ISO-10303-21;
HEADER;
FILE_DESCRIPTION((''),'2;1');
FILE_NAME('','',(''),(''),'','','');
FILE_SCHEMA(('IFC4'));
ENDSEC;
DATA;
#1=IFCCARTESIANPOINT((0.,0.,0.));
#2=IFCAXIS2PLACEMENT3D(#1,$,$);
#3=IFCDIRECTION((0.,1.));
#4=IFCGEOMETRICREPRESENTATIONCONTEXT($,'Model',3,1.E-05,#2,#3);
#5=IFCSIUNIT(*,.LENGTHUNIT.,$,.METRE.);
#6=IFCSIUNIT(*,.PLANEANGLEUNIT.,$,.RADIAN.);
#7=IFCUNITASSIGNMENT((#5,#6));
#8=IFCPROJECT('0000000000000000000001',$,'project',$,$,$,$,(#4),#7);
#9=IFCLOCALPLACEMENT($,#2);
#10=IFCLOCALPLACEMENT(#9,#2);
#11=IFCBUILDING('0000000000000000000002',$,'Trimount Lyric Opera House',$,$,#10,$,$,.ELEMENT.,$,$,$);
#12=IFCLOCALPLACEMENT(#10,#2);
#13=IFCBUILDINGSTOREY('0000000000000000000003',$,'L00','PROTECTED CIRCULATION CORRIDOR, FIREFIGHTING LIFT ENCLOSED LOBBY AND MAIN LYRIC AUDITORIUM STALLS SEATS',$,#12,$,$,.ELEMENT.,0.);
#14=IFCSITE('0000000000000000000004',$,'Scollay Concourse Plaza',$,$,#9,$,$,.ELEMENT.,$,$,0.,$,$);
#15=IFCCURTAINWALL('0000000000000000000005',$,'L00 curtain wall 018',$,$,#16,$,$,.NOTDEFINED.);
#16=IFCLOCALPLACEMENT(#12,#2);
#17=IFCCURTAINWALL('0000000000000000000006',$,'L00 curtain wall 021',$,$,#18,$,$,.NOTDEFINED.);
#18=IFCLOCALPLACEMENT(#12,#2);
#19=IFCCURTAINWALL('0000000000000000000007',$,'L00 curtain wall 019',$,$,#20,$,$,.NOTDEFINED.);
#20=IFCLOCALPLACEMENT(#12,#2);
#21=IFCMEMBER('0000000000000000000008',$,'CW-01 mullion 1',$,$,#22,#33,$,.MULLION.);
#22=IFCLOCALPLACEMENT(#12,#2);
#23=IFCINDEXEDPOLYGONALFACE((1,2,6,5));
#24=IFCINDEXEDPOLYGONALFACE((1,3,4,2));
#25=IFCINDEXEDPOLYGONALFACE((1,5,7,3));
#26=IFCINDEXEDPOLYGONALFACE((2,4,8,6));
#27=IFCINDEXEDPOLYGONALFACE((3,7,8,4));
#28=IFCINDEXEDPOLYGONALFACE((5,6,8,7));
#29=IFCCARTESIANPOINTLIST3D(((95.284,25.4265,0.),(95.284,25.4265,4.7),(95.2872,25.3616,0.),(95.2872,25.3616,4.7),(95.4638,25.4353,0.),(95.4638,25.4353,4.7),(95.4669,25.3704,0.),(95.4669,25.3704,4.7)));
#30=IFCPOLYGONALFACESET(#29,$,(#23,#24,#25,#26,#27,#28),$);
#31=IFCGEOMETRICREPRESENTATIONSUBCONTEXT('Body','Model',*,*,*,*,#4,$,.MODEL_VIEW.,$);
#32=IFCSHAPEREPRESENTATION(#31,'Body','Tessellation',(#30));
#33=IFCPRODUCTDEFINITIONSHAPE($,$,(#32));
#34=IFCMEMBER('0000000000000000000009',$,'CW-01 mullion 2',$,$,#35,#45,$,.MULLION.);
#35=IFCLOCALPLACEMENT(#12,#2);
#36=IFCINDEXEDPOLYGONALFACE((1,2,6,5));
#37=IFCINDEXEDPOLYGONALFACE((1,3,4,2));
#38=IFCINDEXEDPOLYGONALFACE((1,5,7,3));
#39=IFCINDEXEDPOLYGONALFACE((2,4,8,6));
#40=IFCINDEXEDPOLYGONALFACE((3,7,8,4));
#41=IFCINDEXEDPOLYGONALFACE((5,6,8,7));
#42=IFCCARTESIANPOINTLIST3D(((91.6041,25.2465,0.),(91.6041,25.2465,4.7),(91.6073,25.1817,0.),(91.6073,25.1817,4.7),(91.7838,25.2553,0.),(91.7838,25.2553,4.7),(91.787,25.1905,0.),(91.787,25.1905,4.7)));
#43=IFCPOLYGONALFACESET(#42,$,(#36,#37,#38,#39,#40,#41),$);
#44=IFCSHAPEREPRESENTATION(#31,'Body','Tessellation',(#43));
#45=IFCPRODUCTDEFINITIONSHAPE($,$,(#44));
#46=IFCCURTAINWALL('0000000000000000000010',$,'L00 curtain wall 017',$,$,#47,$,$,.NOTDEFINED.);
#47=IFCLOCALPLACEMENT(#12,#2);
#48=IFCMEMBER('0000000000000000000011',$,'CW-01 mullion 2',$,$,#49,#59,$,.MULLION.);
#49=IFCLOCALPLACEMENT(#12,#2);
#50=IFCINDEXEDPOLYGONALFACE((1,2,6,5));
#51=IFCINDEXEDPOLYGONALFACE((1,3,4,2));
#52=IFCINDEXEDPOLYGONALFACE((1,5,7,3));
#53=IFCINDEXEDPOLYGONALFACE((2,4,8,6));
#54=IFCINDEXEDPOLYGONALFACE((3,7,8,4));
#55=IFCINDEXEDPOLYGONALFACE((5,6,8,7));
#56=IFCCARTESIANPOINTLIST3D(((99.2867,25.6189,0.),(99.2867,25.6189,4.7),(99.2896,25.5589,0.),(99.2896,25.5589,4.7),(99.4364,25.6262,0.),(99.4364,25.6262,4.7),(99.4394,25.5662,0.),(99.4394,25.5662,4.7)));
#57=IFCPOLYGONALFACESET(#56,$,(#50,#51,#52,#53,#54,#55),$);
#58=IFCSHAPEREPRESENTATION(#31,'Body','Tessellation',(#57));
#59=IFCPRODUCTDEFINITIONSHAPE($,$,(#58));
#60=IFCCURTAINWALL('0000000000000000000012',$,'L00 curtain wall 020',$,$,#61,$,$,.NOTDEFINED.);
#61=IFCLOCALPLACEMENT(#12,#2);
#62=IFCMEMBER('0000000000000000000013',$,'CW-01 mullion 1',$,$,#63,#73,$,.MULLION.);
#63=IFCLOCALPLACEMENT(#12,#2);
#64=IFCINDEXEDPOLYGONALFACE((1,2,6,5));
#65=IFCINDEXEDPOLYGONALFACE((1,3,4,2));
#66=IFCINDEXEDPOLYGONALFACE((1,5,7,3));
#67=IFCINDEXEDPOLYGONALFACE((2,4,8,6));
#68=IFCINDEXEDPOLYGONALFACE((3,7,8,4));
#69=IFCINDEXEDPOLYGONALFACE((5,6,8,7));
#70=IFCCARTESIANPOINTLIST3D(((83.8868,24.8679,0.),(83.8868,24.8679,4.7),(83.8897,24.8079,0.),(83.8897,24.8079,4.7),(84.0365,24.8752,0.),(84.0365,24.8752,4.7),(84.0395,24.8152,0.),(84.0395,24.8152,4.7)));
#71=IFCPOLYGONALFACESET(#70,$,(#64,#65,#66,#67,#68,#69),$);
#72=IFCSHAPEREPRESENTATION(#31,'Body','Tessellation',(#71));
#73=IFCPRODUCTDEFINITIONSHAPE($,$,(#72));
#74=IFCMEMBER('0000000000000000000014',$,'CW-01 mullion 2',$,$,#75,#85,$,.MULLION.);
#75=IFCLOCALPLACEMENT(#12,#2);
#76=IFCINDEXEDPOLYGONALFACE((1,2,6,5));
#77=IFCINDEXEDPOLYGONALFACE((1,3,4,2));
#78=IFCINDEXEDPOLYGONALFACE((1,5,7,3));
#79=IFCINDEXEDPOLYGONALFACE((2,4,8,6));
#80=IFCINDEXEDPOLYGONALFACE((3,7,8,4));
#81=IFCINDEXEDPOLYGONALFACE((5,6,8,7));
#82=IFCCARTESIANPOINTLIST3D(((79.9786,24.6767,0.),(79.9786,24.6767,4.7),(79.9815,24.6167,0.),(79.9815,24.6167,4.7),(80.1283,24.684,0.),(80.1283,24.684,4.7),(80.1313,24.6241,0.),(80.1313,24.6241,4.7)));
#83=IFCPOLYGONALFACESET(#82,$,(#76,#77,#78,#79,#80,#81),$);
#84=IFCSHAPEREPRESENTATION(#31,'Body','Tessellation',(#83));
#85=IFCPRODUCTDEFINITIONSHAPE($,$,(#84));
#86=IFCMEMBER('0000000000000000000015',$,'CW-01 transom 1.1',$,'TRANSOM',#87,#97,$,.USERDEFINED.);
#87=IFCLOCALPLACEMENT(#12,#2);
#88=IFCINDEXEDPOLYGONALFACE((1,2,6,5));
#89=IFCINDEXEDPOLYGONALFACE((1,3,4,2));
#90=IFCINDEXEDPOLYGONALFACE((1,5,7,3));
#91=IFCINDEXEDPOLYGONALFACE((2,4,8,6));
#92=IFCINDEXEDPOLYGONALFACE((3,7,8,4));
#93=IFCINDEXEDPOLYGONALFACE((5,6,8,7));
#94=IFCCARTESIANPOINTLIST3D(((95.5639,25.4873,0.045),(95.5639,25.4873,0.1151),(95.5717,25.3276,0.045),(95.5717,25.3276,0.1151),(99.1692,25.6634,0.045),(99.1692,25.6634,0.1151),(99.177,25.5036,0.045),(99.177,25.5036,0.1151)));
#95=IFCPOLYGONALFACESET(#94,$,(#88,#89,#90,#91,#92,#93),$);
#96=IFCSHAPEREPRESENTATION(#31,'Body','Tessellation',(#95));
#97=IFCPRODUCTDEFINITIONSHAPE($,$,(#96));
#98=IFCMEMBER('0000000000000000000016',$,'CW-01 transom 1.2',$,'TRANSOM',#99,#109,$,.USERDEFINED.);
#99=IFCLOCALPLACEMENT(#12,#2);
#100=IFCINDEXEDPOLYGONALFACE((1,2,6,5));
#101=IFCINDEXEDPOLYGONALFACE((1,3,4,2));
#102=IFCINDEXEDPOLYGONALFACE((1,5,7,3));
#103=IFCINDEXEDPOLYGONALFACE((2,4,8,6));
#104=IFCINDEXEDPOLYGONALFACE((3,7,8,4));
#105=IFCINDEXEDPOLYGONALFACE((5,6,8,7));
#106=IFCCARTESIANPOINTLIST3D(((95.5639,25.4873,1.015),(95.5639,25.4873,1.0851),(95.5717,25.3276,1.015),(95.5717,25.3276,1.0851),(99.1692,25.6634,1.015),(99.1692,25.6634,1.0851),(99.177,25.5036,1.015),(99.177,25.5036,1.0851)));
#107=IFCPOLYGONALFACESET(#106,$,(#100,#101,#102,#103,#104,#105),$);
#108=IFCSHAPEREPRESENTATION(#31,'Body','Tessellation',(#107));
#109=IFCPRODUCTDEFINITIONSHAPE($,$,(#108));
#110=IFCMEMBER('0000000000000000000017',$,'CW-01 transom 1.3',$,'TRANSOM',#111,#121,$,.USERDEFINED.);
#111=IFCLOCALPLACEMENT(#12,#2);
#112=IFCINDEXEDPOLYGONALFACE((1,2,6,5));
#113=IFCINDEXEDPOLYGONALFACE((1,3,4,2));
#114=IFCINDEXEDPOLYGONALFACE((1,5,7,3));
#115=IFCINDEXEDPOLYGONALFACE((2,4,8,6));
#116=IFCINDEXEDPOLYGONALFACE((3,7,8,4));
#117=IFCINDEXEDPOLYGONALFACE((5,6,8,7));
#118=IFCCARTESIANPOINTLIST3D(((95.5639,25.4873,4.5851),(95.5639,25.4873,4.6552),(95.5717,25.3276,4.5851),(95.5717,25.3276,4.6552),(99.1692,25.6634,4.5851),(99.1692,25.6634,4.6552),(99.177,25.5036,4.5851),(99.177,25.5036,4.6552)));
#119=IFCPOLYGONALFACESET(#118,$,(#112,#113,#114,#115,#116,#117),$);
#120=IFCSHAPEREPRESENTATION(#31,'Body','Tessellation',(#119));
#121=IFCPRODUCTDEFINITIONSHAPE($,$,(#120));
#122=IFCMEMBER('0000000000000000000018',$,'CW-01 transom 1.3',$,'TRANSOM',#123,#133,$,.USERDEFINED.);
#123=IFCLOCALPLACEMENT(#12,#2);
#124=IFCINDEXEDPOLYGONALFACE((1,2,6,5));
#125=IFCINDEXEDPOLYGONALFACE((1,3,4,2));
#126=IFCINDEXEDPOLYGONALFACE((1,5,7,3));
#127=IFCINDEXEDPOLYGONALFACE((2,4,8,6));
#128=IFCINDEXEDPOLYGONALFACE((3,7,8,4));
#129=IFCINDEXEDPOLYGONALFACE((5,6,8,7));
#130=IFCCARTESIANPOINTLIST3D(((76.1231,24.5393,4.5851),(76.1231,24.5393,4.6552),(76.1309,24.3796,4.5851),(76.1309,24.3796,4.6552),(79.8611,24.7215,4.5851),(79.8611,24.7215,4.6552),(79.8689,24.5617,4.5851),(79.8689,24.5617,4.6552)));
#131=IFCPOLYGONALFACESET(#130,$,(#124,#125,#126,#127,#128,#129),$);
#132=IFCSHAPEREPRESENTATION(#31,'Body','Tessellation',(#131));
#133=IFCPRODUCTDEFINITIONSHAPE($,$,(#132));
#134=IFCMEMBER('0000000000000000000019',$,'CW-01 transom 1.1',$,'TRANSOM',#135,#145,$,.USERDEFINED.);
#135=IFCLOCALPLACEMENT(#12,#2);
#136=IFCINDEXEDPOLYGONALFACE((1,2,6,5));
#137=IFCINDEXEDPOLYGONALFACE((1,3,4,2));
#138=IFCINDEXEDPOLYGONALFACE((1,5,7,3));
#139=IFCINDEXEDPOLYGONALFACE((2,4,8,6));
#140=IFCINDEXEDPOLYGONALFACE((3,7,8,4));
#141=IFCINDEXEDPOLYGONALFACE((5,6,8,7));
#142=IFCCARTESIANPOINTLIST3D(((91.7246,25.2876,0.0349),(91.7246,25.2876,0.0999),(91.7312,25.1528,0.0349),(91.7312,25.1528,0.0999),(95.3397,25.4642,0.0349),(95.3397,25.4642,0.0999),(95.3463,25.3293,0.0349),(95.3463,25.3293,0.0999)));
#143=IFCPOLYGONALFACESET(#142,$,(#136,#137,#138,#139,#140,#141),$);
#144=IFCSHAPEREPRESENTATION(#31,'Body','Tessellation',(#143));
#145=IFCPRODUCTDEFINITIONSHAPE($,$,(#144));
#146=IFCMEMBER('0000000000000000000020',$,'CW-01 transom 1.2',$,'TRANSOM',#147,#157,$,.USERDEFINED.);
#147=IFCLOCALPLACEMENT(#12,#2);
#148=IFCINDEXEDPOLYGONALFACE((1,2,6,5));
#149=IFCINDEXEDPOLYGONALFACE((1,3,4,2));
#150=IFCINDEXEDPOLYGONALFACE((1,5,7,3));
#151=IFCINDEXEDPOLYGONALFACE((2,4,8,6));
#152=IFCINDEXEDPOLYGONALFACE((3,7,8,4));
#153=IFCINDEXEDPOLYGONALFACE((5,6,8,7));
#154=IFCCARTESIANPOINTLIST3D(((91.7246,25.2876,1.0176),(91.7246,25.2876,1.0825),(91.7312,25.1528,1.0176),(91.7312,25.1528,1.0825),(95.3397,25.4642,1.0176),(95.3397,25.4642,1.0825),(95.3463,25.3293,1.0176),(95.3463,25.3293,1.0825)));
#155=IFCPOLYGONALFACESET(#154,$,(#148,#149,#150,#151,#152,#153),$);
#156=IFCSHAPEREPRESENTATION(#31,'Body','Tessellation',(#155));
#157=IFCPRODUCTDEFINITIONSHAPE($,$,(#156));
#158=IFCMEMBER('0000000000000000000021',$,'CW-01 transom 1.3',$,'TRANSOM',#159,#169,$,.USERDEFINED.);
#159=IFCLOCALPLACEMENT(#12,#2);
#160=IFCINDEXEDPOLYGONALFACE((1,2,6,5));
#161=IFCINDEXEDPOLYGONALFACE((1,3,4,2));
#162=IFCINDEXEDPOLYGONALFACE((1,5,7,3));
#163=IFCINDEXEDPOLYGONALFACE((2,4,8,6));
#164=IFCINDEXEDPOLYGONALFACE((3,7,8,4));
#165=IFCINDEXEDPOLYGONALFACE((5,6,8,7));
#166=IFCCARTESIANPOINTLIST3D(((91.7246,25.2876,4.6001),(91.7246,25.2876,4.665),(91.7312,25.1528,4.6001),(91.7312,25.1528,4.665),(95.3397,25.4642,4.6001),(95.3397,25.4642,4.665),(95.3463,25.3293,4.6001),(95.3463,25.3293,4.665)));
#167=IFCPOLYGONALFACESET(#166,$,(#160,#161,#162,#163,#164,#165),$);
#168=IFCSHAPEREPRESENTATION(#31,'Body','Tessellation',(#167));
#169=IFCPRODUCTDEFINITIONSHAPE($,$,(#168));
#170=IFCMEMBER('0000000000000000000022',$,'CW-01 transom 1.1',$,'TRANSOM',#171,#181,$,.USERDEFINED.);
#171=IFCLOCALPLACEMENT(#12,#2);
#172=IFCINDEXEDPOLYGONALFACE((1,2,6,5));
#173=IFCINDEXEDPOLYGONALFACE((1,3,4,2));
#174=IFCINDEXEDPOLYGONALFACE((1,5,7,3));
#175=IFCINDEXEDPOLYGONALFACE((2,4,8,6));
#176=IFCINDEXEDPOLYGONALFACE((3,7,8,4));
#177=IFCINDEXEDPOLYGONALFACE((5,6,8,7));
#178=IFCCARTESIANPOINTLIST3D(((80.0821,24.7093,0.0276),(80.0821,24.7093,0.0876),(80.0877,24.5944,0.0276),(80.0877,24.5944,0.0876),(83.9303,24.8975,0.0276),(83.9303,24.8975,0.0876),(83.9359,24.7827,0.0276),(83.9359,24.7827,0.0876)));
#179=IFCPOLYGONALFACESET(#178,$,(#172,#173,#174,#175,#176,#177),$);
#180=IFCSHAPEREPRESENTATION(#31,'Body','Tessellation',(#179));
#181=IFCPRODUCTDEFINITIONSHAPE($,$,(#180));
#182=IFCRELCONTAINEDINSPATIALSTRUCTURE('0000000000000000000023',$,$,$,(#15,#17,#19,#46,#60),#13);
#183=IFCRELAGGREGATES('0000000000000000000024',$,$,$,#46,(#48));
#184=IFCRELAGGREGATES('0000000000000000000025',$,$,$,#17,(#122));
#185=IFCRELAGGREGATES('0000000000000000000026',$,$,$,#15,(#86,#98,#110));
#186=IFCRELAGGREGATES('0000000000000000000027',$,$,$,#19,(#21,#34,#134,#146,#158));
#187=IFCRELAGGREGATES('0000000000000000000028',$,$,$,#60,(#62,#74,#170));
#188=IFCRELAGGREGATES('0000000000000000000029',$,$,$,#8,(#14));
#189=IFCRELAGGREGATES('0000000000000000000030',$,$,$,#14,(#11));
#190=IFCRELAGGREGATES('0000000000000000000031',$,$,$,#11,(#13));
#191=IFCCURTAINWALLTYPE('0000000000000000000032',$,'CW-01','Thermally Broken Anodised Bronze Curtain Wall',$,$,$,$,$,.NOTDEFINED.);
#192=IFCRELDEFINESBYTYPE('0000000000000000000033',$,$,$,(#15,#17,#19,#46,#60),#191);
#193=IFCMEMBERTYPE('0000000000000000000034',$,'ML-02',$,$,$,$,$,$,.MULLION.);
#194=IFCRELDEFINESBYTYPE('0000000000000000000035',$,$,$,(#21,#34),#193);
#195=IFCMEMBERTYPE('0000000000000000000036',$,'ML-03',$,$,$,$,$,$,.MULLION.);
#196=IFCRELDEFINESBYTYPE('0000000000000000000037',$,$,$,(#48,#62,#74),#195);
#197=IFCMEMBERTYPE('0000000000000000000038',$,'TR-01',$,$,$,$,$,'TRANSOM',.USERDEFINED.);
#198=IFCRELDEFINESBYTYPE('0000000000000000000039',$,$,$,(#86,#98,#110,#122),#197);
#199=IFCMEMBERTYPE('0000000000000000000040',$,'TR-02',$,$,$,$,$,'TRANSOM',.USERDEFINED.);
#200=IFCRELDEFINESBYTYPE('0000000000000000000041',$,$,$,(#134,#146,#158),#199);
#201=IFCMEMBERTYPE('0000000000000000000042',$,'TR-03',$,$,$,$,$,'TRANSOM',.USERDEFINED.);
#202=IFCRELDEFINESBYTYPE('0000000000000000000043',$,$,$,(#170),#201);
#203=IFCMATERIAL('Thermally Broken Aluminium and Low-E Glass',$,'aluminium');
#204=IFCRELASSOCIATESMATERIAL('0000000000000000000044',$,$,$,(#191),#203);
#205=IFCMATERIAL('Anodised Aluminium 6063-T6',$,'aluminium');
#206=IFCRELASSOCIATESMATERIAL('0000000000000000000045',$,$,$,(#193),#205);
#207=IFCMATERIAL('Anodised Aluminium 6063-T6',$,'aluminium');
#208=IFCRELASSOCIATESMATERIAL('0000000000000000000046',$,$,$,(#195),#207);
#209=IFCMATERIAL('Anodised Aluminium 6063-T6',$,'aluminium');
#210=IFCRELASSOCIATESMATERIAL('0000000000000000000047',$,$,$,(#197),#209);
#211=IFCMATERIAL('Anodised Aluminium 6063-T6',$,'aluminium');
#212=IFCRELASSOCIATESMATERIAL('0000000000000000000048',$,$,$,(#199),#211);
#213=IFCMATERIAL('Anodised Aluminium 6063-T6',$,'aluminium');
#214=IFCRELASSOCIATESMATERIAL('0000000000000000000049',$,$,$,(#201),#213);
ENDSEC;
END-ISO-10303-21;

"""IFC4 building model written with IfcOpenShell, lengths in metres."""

from ifc_helpers import new_model, si_unit, direction, frame, origin, origin_2d, place, context, subcontext, project, spatial, rectangle, extrude, material, material_profile, profile_set, type_object, element, aggregate, save


model = new_model("IFC4")

# Units and contexts
model_context = context("Model", 3, precision=1e-05, world=origin(), true_north=direction((0.0, 1.0)))
body_context = subcontext(model_context, "Body", "Model", "MODEL_VIEW")
ifc_project = project(units=[si_unit("LENGTHUNIT", "METRE"), si_unit("PLANEANGLEUNIT", "RADIAN")], contexts=[model_context])

# Site, building, storey
site_placement = place(None, origin())
site = spatial("IfcSite", under=ifc_project, at=site_placement, Name="Scollay Concourse Plaza", CompositionType="ELEMENT", RefElevation=0.0)
building_placement = place(site_placement, origin())
building = spatial("IfcBuilding", under=site, at=building_placement, Name="Trimount Lyric Opera House", CompositionType="ELEMENT")
storey_placement = place(building_placement, origin())
storey = spatial("IfcBuildingStorey", under=building, at=storey_placement, Name="L00", Description="PROTECTED CIRCULATION CORRIDOR, FIREFIGHTING LIFT ENCLOSED LOBBY AND MAIN LYRIC AUDITORIUM STALLS SEATS", CompositionType="ELEMENT", Elevation=0.0)

# Curtain wall
ifc_material_1 = material(Name="Thermally Broken Aluminium and Low-E Glass", Category="aluminium")
curtain_wall_type = type_object("IfcCurtainWallType", Name="CW-01", Description="Thermally Broken Anodised Bronze Curtain Wall", PredefinedType="NOTDEFINED", material=ifc_material_1)
curtain_wall_1_placement = place(storey_placement, origin())
curtain_wall_1 = element("IfcCurtainWall", 1, at=curtain_wall_1_placement, inside=storey, type_object=curtain_wall_type, Name="L00 curtain wall 018", PredefinedType="NOTDEFINED")

# Curtain wall
curtain_wall_2_placement = place(storey_placement, origin())
curtain_wall_2 = element("IfcCurtainWall", 2, at=curtain_wall_2_placement, inside=storey, type_object=curtain_wall_type, Name="L00 curtain wall 021", PredefinedType="NOTDEFINED")

# Curtain wall, members
curtain_wall_3_placement = place(storey_placement, origin())
curtain_wall_3 = element("IfcCurtainWall", 3, at=curtain_wall_3_placement, inside=storey, type_object=curtain_wall_type, Name="L00 curtain wall 019", PredefinedType="NOTDEFINED")
ifc_material_2 = material(Name="Anodised Aluminium 6063-T6", Category="aluminium")
ifc_material_profile_1 = material_profile(ifc_material_2, rectangle(XDim=0.0649, YDim=0.1799, at=origin_2d()), Name="ALU-MULL-65X180")
ifc_profile_set_1 = profile_set([ifc_material_profile_1], Name="Anodised Aluminium 6063-T6")
member_type_1 = type_object("IfcMemberType", Name="ML-02", PredefinedType="MULLION", material=ifc_profile_set_1)
member_1_placement = place(storey_placement, frame((95.3755, 25.3984, 0.0), z_axis=(0.0, 0.0, 1.0), x_axis=(0.048807, -0.998808, 0.0)))
member_1 = element("IfcMember", 4, at=member_1_placement, type_object=member_type_1, Name="CW-01 mullion 1", PredefinedType="MULLION", context=body_context, shape_type="SweptSolid", body=[
    extrude(rectangle(XDim=0.0649, YDim=0.1799, at=origin_2d()), origin(), (0.0, 0.0, 1.0), 4.7),
])
member_2_placement = place(storey_placement, frame((91.6956, 25.2185, 0.0), z_axis=(0.0, 0.0, 1.0), x_axis=(0.048807, -0.998808, 0.0)))
member_2 = element("IfcMember", 5, at=member_2_placement, type_object=member_type_1, Name="CW-01 mullion 2", PredefinedType="MULLION", context=body_context, shape_type="SweptSolid", body=[
    extrude(rectangle(XDim=0.0649, YDim=0.1799, at=origin_2d()), origin(), (0.0, 0.0, 1.0), 4.7),
])

# Curtain wall, member
curtain_wall_4_placement = place(storey_placement, origin())
curtain_wall_4 = element("IfcCurtainWall", 6, at=curtain_wall_4_placement, inside=storey, type_object=curtain_wall_type, Name="L00 curtain wall 017", PredefinedType="NOTDEFINED")
ifc_material_3 = material(Name="Anodised Aluminium 6063-T6", Category="aluminium")
ifc_material_profile_2 = material_profile(ifc_material_3, rectangle(XDim=0.0601, YDim=0.1499, at=origin_2d()), Name="ALU-MULL-60X150")
ifc_profile_set_2 = profile_set([ifc_material_profile_2], Name="Anodised Aluminium 6063-T6")
member_type_2 = type_object("IfcMemberType", Name="ML-03", PredefinedType="MULLION", material=ifc_profile_set_2)
member_3_placement = place(storey_placement, frame((99.363, 25.5925, 0.0), z_axis=(0.0, 0.0, 1.0), x_axis=(0.048807, -0.998808, 0.0)))
member_3 = element("IfcMember", 7, at=member_3_placement, type_object=member_type_2, Name="CW-01 mullion 2", PredefinedType="MULLION", context=body_context, shape_type="SweptSolid", body=[
    extrude(rectangle(XDim=0.0601, YDim=0.1499, at=origin_2d()), origin(), (0.0, 0.0, 1.0), 4.7),
])
aggregate(curtain_wall_4, [member_3])

# Curtain wall, members
curtain_wall_5_placement = place(storey_placement, origin())
curtain_wall_5 = element("IfcCurtainWall", 8, at=curtain_wall_5_placement, inside=storey, type_object=curtain_wall_type, Name="L00 curtain wall 020", PredefinedType="NOTDEFINED")
member_4_placement = place(storey_placement, frame((83.9631, 24.8416, 0.0), z_axis=(0.0, 0.0, 1.0), x_axis=(0.048833, -0.998807, 0.0)))
member_4 = element("IfcMember", 9, at=member_4_placement, type_object=member_type_2, Name="CW-01 mullion 1", PredefinedType="MULLION", context=body_context, shape_type="SweptSolid", body=[
    extrude(rectangle(XDim=0.0601, YDim=0.1499, at=origin_2d()), origin(), (0.0, 0.0, 1.0), 4.7),
])
member_5_placement = place(storey_placement, frame((80.0549, 24.6504, 0.0), z_axis=(0.0, 0.0, 1.0), x_axis=(0.048833, -0.998807, 0.0)))
member_5 = element("IfcMember", 10, at=member_5_placement, type_object=member_type_2, Name="CW-01 mullion 2", PredefinedType="MULLION", context=body_context, shape_type="SweptSolid", body=[
    extrude(rectangle(XDim=0.0601, YDim=0.1499, at=origin_2d()), origin(), (0.0, 0.0, 1.0), 4.7),
])

# Members
ifc_material_4 = material(Name="Anodised Aluminium 6063-T6", Category="aluminium")
ifc_material_profile_3 = material_profile(ifc_material_4, rectangle(XDim=0.1599, YDim=0.0701, at=origin_2d()), Name="ALU-TRAN-70X160")
ifc_profile_set_3 = profile_set([ifc_material_profile_3], Name="Anodised Aluminium 6063-T6")
member_type_3 = type_object("IfcMemberType", Name="TR-01", ElementType="TRANSOM", PredefinedType="USERDEFINED", material=ifc_profile_set_3)
member_6_placement = place(storey_placement, frame((99.1731, 25.5835, 0.0801), z_axis=(-0.99881, -0.048767, 0.0), x_axis=(0.048767, -0.99881, 0.0)))
member_6 = element("IfcMember", 11, at=member_6_placement, type_object=member_type_3, Name="CW-01 transom 1.1", ObjectType="TRANSOM", PredefinedType="USERDEFINED", context=body_context, shape_type="SweptSolid", body=[
    extrude(rectangle(XDim=0.1599, YDim=0.0701, at=origin_2d()), origin(), (0.0, 0.0, 1.0), 3.6096),
])
member_7_placement = place(storey_placement, frame((99.1731, 25.5835, 1.05), z_axis=(-0.99881, -0.048767, 0.0), x_axis=(0.048767, -0.99881, 0.0)))
member_7 = element("IfcMember", 12, at=member_7_placement, type_object=member_type_3, Name="CW-01 transom 1.2", ObjectType="TRANSOM", PredefinedType="USERDEFINED", context=body_context, shape_type="SweptSolid", body=[
    extrude(rectangle(XDim=0.1599, YDim=0.0701, at=origin_2d()), origin(), (0.0, 0.0, 1.0), 3.6096),
])
member_8_placement = place(storey_placement, frame((99.1731, 25.5835, 4.6201), z_axis=(-0.99881, -0.048767, 0.0), x_axis=(0.048767, -0.99881, 0.0)))
member_8 = element("IfcMember", 13, at=member_8_placement, type_object=member_type_3, Name="CW-01 transom 1.3", ObjectType="TRANSOM", PredefinedType="USERDEFINED", context=body_context, shape_type="SweptSolid", body=[
    extrude(rectangle(XDim=0.1599, YDim=0.0701, at=origin_2d()), origin(), (0.0, 0.0, 1.0), 3.6096),
])
member_9_placement = place(storey_placement, frame((79.865, 24.6416, 4.6201), z_axis=(-0.998815, -0.048665, 0.0), x_axis=(0.048665, -0.998815, 0.0)))
member_9 = element("IfcMember", 14, at=member_9_placement, type_object=member_type_3, Name="CW-01 transom 1.3", ObjectType="TRANSOM", PredefinedType="USERDEFINED", context=body_context, shape_type="SweptSolid", body=[
    extrude(rectangle(XDim=0.1599, YDim=0.0701, at=origin_2d()), origin(), (0.0, 0.0, 1.0), 3.7424),
])
aggregate(curtain_wall_2, [member_9])
ifc_material_5 = material(Name="Anodised Aluminium 6063-T6", Category="aluminium")
ifc_material_profile_4 = material_profile(ifc_material_5, rectangle(XDim=0.135, YDim=0.0649, at=origin_2d()), Name="ALU-TRAN-65X135")
ifc_profile_set_4 = profile_set([ifc_material_profile_4], Name="Anodised Aluminium 6063-T6")
member_type_4 = type_object("IfcMemberType", Name="TR-02", ElementType="TRANSOM", PredefinedType="USERDEFINED", material=ifc_profile_set_4)
member_10_placement = place(storey_placement, frame((95.343, 25.3967, 0.0674), z_axis=(-0.99881, -0.04877, 0.0), x_axis=(0.04877, -0.99881, 0.0)))
member_10 = element("IfcMember", 15, at=member_10_placement, type_object=member_type_4, Name="CW-01 transom 1.1", ObjectType="TRANSOM", PredefinedType="USERDEFINED", context=body_context, shape_type="SweptSolid", body=[
    extrude(rectangle(XDim=0.135, YDim=0.0649, at=origin_2d()), origin(), (0.0, 0.0, 1.0), 3.6194),
])
member_11_placement = place(storey_placement, frame((95.343, 25.3967, 1.05), z_axis=(-0.99881, -0.04877, 0.0), x_axis=(0.04877, -0.99881, 0.0)))
member_11 = element("IfcMember", 16, at=member_11_placement, type_object=member_type_4, Name="CW-01 transom 1.2", ObjectType="TRANSOM", PredefinedType="USERDEFINED", context=body_context, shape_type="SweptSolid", body=[
    extrude(rectangle(XDim=0.135, YDim=0.0649, at=origin_2d()), origin(), (0.0, 0.0, 1.0), 3.6194),
])
member_12_placement = place(storey_placement, frame((95.343, 25.3967, 4.6326), z_axis=(-0.99881, -0.04877, 0.0), x_axis=(0.04877, -0.99881, 0.0)))
member_12 = element("IfcMember", 17, at=member_12_placement, type_object=member_type_4, Name="CW-01 transom 1.3", ObjectType="TRANSOM", PredefinedType="USERDEFINED", context=body_context, shape_type="SweptSolid", body=[
    extrude(rectangle(XDim=0.135, YDim=0.0649, at=origin_2d()), origin(), (0.0, 0.0, 1.0), 3.6194),
])
ifc_material_6 = material(Name="Anodised Aluminium 6063-T6", Category="aluminium")
ifc_material_profile_5 = material_profile(ifc_material_6, rectangle(XDim=0.115, YDim=0.0601, at=origin_2d()), Name="ALU-TRAN-60X115")
ifc_profile_set_5 = profile_set([ifc_material_profile_5], Name="Anodised Aluminium 6063-T6")
member_type_5 = type_object("IfcMemberType", Name="TR-03", ElementType="TRANSOM", PredefinedType="USERDEFINED", material=ifc_profile_set_5)
member_13_placement = place(storey_placement, frame((83.9331, 24.8401, 0.0576), z_axis=(-0.998806, -0.048857, 0.0), x_axis=(0.048857, -0.998806, 0.0)))
member_13 = element("IfcMember", 18, at=member_13_placement, type_object=member_type_5, Name="CW-01 transom 1.1", ObjectType="TRANSOM", PredefinedType="USERDEFINED", context=body_context, shape_type="SweptSolid", body=[
    extrude(rectangle(XDim=0.115, YDim=0.0601, at=origin_2d()), origin(), (0.0, 0.0, 1.0), 3.8528),
])

aggregate(curtain_wall_1, [member_6, member_7, member_8])
aggregate(curtain_wall_3, [member_1, member_2, member_10, member_11, member_12])
aggregate(curtain_wall_5, [member_4, member_5, member_13])

save(model, "model.ifc")
